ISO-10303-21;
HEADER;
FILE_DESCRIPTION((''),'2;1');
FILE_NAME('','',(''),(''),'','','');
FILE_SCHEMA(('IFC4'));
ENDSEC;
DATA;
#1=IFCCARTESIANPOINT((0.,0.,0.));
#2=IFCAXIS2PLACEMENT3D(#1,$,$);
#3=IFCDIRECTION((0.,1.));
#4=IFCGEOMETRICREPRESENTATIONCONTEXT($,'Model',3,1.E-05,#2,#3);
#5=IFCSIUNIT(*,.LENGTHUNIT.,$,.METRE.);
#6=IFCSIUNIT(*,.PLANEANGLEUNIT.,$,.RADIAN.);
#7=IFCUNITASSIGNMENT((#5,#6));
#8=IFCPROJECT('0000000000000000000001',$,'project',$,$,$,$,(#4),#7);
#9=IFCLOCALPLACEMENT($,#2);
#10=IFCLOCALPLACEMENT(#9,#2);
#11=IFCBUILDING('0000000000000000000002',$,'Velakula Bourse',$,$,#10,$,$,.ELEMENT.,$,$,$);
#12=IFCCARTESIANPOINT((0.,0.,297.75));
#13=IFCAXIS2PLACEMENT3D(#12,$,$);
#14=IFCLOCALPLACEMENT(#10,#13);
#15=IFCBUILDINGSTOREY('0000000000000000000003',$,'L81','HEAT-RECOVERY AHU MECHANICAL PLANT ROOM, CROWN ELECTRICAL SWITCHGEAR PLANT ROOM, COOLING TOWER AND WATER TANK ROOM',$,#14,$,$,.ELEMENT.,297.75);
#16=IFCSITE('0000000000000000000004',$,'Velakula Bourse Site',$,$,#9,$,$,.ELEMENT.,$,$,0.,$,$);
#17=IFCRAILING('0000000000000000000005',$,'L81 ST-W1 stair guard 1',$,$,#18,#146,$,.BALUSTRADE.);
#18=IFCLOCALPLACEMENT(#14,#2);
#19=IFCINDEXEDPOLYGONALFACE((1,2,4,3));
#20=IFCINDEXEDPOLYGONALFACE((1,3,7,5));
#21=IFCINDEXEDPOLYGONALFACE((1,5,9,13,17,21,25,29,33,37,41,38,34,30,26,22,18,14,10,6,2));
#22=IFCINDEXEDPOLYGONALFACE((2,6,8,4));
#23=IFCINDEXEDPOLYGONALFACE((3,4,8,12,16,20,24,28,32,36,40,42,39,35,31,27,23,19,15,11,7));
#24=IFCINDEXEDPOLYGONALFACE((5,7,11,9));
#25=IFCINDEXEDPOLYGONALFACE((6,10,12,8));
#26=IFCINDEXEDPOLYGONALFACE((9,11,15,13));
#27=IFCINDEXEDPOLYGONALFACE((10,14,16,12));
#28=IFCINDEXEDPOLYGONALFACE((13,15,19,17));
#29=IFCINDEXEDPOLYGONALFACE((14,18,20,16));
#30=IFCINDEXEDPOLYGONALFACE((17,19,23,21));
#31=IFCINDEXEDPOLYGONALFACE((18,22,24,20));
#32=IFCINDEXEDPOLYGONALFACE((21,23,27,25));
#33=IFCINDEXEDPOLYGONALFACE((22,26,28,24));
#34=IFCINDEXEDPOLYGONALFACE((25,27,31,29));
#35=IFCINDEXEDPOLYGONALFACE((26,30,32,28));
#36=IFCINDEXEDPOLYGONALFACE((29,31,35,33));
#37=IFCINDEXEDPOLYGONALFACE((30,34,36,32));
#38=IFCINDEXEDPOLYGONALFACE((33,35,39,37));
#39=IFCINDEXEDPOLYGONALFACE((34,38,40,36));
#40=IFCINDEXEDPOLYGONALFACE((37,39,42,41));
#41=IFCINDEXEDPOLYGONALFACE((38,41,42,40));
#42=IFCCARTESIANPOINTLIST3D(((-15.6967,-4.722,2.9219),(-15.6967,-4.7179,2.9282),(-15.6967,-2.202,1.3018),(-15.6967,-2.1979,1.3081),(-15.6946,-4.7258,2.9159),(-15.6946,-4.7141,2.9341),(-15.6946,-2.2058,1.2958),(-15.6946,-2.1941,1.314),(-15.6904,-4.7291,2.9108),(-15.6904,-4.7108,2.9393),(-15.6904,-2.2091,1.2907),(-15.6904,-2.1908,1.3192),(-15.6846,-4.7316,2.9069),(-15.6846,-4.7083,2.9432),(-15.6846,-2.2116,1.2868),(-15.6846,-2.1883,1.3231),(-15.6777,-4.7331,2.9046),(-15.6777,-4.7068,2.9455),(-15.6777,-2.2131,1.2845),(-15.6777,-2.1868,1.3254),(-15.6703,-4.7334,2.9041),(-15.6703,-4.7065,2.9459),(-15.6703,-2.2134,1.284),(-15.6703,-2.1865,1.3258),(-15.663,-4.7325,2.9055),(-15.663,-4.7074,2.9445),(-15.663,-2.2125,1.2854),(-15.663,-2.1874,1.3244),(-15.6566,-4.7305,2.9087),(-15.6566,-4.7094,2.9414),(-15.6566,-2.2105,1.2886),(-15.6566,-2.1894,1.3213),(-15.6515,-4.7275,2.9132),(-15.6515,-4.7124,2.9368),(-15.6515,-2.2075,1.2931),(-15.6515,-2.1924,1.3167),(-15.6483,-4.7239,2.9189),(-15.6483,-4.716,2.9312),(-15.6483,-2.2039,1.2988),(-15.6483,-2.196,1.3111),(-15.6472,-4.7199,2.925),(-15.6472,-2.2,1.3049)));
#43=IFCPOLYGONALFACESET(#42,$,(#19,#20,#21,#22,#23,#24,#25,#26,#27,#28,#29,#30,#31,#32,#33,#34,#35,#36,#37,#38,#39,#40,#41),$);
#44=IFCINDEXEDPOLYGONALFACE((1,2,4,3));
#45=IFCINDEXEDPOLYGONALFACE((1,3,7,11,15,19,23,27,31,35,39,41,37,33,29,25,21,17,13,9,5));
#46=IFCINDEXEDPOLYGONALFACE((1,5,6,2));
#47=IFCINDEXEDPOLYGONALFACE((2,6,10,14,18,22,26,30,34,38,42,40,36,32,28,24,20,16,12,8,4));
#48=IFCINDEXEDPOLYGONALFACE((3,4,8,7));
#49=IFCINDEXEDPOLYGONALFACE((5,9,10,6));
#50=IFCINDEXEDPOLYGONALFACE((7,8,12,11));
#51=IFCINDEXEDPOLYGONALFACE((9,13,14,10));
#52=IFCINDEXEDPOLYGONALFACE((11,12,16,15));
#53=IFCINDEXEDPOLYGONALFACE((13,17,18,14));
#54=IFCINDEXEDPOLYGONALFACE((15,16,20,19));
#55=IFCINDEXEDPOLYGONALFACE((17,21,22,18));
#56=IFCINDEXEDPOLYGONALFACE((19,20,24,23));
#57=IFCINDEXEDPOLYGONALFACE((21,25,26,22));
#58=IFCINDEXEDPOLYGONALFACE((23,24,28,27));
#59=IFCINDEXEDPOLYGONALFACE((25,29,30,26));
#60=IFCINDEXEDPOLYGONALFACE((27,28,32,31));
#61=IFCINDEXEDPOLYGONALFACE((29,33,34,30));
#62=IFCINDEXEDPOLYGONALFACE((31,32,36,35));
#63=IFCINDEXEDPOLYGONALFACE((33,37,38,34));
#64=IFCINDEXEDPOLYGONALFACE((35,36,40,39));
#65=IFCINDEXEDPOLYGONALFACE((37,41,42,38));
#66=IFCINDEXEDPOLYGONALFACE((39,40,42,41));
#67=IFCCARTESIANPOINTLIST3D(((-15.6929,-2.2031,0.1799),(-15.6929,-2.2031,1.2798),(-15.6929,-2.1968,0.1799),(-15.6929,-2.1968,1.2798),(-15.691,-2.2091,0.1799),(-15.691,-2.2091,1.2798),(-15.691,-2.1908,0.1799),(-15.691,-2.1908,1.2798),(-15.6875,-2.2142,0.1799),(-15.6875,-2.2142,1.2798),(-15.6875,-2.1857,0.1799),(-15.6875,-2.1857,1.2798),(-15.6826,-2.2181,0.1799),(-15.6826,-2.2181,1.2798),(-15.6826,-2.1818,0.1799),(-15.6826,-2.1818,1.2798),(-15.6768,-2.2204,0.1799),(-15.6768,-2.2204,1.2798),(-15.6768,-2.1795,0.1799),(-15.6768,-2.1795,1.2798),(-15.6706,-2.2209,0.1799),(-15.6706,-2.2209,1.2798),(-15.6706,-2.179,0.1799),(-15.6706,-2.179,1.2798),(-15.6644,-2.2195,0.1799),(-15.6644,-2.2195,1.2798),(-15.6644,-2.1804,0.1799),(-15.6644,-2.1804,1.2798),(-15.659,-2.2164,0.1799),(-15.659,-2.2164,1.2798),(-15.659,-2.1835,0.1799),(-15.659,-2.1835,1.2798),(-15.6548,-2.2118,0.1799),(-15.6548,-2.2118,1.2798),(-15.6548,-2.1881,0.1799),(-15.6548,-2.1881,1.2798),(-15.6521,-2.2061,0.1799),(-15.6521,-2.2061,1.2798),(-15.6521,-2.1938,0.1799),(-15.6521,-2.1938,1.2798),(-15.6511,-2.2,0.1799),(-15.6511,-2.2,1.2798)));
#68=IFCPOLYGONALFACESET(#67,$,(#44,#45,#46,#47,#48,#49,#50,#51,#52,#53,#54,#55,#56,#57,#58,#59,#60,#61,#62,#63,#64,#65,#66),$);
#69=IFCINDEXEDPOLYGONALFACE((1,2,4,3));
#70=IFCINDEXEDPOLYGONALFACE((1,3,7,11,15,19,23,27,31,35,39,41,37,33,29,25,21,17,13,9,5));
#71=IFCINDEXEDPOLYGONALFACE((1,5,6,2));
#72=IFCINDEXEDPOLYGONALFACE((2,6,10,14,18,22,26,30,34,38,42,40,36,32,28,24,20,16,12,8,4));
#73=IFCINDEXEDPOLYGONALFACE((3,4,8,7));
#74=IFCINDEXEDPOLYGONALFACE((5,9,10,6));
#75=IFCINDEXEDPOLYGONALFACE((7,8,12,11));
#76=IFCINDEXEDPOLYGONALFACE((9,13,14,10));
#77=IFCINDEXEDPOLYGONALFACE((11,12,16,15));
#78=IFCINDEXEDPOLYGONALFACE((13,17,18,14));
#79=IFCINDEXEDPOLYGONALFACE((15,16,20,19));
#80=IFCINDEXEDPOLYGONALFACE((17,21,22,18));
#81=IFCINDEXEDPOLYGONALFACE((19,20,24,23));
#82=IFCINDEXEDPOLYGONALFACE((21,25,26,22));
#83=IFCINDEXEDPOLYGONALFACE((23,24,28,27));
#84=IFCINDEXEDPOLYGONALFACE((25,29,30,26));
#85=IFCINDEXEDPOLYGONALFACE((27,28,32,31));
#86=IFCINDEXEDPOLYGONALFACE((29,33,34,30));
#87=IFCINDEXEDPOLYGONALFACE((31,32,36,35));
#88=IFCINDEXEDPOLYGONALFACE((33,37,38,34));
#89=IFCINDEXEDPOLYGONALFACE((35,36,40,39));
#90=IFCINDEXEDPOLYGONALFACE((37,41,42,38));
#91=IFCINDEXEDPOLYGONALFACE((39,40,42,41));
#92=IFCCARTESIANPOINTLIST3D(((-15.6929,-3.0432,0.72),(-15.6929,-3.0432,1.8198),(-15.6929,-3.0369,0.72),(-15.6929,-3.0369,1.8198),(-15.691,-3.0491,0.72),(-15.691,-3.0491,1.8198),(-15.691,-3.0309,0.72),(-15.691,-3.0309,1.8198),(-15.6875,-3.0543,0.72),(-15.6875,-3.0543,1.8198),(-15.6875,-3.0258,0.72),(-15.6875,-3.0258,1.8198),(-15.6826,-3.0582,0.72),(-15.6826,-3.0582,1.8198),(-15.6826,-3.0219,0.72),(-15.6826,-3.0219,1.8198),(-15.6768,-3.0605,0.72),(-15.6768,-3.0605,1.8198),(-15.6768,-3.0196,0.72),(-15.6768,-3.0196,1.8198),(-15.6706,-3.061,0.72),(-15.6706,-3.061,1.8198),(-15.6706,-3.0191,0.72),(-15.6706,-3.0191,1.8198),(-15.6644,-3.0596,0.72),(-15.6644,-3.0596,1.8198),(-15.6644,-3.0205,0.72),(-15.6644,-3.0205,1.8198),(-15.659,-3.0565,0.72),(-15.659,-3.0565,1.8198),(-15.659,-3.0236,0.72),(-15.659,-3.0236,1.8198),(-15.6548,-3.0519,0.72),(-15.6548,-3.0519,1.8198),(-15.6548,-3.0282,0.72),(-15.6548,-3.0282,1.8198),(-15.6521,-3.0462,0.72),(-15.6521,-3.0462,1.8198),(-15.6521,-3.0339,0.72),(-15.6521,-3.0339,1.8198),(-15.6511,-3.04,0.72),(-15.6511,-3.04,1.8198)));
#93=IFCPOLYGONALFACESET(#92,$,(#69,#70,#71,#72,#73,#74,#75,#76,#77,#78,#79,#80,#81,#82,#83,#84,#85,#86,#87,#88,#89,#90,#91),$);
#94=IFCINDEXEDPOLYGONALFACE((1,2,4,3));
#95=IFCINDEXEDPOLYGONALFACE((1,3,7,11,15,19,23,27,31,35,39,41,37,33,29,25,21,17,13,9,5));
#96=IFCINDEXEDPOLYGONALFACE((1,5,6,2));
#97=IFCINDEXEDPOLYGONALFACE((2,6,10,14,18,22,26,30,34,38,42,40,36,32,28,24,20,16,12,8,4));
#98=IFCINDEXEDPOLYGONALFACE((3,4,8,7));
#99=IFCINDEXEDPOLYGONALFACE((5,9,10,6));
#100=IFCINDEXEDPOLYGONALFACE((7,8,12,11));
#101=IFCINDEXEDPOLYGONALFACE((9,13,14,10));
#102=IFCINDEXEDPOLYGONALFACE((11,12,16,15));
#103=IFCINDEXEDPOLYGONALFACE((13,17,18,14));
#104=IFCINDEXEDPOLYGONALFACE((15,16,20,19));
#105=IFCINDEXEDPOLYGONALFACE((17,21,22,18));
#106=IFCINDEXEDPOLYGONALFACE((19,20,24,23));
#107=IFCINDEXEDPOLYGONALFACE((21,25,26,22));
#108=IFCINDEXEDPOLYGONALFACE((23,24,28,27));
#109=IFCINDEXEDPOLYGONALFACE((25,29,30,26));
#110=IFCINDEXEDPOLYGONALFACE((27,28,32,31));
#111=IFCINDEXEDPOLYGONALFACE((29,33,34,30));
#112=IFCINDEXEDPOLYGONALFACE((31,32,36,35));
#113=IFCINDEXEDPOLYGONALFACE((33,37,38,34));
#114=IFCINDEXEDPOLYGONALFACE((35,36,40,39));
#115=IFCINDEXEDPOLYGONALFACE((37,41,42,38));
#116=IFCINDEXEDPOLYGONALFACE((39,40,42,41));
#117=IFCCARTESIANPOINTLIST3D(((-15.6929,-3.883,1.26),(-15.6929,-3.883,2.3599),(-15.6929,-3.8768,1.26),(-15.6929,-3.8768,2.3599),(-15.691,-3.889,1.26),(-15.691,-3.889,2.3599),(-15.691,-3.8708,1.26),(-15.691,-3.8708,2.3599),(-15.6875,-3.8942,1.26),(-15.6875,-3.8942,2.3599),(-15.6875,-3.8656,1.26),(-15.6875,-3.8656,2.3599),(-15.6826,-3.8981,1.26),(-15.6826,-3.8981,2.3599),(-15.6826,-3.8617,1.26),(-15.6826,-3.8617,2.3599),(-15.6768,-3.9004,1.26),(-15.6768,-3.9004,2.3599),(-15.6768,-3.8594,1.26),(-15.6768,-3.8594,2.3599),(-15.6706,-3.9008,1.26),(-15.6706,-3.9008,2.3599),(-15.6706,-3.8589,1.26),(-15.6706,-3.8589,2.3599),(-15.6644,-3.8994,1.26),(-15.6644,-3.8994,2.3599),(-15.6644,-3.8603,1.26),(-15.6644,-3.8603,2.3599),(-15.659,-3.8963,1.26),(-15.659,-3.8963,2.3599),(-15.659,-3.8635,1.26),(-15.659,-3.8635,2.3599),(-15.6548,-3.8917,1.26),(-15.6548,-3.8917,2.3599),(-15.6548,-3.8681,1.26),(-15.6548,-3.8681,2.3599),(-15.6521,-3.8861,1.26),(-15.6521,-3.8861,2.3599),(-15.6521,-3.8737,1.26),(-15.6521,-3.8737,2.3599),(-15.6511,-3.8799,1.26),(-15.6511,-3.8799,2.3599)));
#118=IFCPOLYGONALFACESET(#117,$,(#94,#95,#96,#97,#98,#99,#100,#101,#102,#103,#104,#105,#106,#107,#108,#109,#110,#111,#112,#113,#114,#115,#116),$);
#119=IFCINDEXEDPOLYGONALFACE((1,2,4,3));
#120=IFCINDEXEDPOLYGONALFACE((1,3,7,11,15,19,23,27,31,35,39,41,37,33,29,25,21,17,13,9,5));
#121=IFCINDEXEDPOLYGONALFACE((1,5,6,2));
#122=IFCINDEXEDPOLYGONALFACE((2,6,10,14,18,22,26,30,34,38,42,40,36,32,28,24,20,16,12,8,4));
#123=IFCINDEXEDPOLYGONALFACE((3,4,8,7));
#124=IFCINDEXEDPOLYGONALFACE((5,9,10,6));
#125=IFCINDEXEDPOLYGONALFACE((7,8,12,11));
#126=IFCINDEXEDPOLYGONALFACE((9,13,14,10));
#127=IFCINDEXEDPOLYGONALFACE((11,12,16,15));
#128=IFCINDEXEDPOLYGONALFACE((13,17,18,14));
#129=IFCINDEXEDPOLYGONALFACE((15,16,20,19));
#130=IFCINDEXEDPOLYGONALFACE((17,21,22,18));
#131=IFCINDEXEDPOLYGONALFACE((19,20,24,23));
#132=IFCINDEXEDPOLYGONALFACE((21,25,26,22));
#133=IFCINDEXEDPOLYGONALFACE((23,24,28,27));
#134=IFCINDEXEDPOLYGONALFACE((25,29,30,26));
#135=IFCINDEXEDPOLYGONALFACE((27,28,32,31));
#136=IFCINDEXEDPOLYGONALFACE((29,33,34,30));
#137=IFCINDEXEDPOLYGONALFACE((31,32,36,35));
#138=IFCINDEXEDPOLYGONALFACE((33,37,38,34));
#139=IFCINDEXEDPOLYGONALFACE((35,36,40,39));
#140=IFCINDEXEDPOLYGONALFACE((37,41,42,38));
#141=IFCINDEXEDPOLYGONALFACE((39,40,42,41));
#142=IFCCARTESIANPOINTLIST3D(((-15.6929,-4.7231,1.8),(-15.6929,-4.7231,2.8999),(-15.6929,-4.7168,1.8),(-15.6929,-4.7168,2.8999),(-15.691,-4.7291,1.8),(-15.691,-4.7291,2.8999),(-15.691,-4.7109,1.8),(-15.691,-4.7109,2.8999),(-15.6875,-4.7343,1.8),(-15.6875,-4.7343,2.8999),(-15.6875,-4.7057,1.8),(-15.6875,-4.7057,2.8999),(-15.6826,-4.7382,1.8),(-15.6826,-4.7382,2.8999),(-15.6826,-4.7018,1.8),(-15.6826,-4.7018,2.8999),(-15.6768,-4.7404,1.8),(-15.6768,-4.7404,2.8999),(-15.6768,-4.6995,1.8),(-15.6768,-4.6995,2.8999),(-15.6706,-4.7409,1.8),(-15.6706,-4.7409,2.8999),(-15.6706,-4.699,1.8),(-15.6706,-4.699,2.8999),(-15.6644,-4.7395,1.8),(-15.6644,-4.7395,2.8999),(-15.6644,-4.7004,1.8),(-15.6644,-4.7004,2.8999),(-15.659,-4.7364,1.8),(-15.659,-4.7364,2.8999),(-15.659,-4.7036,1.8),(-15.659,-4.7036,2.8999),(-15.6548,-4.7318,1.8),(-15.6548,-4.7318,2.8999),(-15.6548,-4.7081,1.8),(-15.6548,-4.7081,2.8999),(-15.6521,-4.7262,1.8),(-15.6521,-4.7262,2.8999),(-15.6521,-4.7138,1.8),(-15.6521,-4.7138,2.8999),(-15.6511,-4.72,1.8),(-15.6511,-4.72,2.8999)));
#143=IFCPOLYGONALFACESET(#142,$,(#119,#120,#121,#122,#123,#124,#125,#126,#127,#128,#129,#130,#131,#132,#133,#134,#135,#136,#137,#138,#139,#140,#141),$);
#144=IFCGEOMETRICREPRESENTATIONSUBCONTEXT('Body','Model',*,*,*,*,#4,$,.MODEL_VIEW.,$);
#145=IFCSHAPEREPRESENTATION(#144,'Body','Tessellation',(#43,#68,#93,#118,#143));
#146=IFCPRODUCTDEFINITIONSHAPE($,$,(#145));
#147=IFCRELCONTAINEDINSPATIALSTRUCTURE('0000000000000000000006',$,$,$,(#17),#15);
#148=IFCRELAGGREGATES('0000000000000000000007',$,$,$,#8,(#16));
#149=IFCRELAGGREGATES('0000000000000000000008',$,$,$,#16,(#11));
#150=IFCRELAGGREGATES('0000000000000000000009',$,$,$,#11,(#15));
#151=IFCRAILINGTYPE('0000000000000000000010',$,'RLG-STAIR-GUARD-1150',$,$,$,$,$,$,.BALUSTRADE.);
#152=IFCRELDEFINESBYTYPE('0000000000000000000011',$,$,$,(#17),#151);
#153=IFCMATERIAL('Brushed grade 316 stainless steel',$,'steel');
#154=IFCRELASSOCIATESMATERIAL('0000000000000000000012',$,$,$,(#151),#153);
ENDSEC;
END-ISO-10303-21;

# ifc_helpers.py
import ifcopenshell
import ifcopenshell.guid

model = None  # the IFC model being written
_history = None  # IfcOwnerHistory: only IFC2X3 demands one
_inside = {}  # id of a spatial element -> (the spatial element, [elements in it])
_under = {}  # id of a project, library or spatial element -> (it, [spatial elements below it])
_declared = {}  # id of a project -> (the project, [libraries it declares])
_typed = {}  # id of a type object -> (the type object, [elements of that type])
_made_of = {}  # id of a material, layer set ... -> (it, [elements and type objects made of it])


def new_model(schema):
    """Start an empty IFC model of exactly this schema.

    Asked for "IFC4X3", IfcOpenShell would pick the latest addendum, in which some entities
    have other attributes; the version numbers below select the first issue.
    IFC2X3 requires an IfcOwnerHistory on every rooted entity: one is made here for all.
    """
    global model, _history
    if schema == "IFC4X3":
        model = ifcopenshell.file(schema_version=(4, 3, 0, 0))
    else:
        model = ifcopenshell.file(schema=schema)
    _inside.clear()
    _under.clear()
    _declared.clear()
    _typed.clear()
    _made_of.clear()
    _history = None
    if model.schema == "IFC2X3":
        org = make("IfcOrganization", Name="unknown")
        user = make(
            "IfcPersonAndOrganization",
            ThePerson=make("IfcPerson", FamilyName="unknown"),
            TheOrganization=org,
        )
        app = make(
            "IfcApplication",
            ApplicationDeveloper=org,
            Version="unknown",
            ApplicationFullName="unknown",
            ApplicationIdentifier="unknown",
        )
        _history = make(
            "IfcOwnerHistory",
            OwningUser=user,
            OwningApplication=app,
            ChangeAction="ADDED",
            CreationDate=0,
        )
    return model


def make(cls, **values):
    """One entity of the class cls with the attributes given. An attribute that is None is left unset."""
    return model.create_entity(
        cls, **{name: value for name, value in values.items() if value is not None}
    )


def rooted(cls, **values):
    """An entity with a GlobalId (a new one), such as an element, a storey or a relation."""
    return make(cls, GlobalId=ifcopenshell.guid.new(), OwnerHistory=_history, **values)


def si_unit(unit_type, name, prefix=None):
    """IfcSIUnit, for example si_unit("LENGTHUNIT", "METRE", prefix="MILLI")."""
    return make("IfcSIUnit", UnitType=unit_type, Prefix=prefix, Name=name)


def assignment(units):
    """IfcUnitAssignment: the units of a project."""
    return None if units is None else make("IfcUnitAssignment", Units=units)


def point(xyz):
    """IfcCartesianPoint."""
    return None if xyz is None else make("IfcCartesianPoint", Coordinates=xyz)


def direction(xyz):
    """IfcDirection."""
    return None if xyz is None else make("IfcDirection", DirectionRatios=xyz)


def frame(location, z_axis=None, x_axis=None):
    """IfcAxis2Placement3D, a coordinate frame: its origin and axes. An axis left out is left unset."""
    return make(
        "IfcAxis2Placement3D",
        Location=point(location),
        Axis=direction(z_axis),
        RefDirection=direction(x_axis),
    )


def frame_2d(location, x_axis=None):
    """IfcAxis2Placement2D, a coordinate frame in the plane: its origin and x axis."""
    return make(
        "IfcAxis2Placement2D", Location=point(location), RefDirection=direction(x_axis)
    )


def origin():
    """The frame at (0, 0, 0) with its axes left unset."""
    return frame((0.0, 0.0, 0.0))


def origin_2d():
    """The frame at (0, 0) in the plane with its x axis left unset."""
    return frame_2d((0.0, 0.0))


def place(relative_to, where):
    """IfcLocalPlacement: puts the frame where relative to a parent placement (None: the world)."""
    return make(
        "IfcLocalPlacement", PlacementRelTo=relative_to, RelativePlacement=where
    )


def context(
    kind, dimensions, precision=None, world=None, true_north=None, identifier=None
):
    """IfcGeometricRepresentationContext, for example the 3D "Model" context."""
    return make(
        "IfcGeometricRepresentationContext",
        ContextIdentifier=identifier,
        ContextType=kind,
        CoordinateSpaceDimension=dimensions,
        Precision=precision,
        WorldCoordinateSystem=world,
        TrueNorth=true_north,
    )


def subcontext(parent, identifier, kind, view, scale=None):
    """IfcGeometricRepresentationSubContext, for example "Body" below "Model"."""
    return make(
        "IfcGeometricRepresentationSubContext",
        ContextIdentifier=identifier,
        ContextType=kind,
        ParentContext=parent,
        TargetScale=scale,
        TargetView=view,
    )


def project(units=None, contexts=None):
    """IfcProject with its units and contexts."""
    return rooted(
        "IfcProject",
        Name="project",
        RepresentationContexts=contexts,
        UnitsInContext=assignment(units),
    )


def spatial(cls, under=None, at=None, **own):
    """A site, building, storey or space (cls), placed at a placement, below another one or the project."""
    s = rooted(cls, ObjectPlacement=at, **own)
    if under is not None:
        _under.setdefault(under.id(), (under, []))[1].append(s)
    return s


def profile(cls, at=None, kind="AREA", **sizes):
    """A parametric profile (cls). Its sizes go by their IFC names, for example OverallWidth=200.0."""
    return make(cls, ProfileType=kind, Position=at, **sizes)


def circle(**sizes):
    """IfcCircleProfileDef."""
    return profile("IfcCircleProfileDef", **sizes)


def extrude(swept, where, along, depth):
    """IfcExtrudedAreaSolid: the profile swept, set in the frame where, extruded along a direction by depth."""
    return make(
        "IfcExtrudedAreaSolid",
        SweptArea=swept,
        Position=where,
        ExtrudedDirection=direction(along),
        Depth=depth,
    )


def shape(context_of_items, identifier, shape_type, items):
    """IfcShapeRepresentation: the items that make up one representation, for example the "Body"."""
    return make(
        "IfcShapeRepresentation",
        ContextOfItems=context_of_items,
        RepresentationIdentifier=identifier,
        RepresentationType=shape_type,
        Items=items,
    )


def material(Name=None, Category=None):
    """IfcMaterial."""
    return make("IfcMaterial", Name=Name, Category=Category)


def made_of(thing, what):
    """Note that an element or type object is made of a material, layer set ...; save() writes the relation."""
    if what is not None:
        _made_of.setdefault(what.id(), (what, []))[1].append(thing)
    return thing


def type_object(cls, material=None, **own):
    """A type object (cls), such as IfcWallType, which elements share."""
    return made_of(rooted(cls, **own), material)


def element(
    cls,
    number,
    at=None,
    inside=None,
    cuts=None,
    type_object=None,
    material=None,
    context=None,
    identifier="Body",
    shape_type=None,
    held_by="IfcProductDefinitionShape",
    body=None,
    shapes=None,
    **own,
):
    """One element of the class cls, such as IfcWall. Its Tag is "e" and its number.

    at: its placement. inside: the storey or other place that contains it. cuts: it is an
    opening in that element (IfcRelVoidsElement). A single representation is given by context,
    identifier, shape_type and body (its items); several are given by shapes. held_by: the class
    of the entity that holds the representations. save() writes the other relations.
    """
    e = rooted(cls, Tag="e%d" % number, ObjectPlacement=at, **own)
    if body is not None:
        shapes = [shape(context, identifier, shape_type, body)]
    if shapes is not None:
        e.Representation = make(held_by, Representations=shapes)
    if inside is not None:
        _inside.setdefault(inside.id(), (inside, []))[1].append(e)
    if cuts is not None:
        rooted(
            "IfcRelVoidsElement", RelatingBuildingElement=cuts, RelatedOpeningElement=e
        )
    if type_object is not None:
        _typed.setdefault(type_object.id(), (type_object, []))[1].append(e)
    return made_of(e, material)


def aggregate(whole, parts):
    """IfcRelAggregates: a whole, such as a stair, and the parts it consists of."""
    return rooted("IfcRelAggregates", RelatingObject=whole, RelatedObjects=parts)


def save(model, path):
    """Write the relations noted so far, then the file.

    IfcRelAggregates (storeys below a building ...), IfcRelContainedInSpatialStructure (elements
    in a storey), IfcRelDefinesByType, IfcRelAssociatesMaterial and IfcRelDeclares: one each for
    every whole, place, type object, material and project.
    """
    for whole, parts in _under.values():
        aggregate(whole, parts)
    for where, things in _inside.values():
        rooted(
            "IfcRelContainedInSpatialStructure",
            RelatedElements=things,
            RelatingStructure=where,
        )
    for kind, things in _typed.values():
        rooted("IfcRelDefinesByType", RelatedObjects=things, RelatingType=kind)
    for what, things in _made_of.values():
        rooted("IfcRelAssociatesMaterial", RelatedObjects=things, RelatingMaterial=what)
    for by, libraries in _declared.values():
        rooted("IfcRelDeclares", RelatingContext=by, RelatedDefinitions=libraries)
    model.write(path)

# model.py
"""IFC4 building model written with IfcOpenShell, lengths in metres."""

from ifc_helpers import new_model, si_unit, direction, frame, origin, origin_2d, place, context, subcontext, project, spatial, circle, extrude, material, type_object, element, save


model = new_model("IFC4")

# Units and contexts
model_context = context("Model", 3, precision=1e-05, world=origin(), true_north=direction((0.0, 1.0)))
body_context = subcontext(model_context, "Body", "Model", "MODEL_VIEW")
ifc_project = project(units=[si_unit("LENGTHUNIT", "METRE"), si_unit("PLANEANGLEUNIT", "RADIAN")], contexts=[model_context])

# Site, building, storey
site_placement = place(None, origin())
site = spatial("IfcSite", under=ifc_project, at=site_placement, Name="Velakula Bourse Site", CompositionType="ELEMENT", RefElevation=0.0)
building_placement = place(site_placement, origin())
building = spatial("IfcBuilding", under=site, at=building_placement, Name="Velakula Bourse", CompositionType="ELEMENT")
storey_placement = place(building_placement, frame((0.0, 0.0, 297.75)))
storey = spatial("IfcBuildingStorey", under=building, at=storey_placement, Name="L81", Description="HEAT-RECOVERY AHU MECHANICAL PLANT ROOM, CROWN ELECTRICAL SWITCHGEAR PLANT ROOM, COOLING TOWER AND WATER TANK ROOM", CompositionType="ELEMENT", Elevation=297.75)

# Shared definitions
ifc_material_1 = material(Name="Brushed grade 316 stainless steel", Category="steel")

# Railing
railing_type_1 = type_object("IfcRailingType", Name="RLG-STAIR-GUARD-1150", PredefinedType="BALUSTRADE", material=ifc_material_1)
railing_1_placement = place(storey_placement, frame((-15.6721, -2.2, 0.1799)))
element("IfcRailing", 1, at=railing_1_placement, inside=storey, type_object=railing_type_1, Name="L81 ST-W1 stair guard 1", PredefinedType="BALUSTRADE", context=body_context, shape_type="SweptSolid", body=[
    extrude(circle(Radius=0.0249, at=origin_2d()), frame((0.0, 0.0, 1.125), z_axis=(0.0, -0.841163, 0.540782), x_axis=(1.0, 0.0, 0.0)), (0.0, 0.0, 1.0), 2.9958),
    extrude(circle(Radius=0.021, at=origin_2d()), origin(), (0.0, 0.0, 1.0), 1.0999),
    extrude(circle(Radius=0.021, at=origin_2d()), frame((0.0, -0.8401, 0.54)), (0.0, 0.0, 1.0), 1.0999),
    extrude(circle(Radius=0.021, at=origin_2d()), frame((0.0, -1.6799, 1.0801)), (0.0, 0.0, 1.0), 1.0999),
    extrude(circle(Radius=0.021, at=origin_2d()), frame((0.0, -2.52, 1.6201)), (0.0, 0.0, 1.0), 1.0999),
])

save(model, "model.ifc")
